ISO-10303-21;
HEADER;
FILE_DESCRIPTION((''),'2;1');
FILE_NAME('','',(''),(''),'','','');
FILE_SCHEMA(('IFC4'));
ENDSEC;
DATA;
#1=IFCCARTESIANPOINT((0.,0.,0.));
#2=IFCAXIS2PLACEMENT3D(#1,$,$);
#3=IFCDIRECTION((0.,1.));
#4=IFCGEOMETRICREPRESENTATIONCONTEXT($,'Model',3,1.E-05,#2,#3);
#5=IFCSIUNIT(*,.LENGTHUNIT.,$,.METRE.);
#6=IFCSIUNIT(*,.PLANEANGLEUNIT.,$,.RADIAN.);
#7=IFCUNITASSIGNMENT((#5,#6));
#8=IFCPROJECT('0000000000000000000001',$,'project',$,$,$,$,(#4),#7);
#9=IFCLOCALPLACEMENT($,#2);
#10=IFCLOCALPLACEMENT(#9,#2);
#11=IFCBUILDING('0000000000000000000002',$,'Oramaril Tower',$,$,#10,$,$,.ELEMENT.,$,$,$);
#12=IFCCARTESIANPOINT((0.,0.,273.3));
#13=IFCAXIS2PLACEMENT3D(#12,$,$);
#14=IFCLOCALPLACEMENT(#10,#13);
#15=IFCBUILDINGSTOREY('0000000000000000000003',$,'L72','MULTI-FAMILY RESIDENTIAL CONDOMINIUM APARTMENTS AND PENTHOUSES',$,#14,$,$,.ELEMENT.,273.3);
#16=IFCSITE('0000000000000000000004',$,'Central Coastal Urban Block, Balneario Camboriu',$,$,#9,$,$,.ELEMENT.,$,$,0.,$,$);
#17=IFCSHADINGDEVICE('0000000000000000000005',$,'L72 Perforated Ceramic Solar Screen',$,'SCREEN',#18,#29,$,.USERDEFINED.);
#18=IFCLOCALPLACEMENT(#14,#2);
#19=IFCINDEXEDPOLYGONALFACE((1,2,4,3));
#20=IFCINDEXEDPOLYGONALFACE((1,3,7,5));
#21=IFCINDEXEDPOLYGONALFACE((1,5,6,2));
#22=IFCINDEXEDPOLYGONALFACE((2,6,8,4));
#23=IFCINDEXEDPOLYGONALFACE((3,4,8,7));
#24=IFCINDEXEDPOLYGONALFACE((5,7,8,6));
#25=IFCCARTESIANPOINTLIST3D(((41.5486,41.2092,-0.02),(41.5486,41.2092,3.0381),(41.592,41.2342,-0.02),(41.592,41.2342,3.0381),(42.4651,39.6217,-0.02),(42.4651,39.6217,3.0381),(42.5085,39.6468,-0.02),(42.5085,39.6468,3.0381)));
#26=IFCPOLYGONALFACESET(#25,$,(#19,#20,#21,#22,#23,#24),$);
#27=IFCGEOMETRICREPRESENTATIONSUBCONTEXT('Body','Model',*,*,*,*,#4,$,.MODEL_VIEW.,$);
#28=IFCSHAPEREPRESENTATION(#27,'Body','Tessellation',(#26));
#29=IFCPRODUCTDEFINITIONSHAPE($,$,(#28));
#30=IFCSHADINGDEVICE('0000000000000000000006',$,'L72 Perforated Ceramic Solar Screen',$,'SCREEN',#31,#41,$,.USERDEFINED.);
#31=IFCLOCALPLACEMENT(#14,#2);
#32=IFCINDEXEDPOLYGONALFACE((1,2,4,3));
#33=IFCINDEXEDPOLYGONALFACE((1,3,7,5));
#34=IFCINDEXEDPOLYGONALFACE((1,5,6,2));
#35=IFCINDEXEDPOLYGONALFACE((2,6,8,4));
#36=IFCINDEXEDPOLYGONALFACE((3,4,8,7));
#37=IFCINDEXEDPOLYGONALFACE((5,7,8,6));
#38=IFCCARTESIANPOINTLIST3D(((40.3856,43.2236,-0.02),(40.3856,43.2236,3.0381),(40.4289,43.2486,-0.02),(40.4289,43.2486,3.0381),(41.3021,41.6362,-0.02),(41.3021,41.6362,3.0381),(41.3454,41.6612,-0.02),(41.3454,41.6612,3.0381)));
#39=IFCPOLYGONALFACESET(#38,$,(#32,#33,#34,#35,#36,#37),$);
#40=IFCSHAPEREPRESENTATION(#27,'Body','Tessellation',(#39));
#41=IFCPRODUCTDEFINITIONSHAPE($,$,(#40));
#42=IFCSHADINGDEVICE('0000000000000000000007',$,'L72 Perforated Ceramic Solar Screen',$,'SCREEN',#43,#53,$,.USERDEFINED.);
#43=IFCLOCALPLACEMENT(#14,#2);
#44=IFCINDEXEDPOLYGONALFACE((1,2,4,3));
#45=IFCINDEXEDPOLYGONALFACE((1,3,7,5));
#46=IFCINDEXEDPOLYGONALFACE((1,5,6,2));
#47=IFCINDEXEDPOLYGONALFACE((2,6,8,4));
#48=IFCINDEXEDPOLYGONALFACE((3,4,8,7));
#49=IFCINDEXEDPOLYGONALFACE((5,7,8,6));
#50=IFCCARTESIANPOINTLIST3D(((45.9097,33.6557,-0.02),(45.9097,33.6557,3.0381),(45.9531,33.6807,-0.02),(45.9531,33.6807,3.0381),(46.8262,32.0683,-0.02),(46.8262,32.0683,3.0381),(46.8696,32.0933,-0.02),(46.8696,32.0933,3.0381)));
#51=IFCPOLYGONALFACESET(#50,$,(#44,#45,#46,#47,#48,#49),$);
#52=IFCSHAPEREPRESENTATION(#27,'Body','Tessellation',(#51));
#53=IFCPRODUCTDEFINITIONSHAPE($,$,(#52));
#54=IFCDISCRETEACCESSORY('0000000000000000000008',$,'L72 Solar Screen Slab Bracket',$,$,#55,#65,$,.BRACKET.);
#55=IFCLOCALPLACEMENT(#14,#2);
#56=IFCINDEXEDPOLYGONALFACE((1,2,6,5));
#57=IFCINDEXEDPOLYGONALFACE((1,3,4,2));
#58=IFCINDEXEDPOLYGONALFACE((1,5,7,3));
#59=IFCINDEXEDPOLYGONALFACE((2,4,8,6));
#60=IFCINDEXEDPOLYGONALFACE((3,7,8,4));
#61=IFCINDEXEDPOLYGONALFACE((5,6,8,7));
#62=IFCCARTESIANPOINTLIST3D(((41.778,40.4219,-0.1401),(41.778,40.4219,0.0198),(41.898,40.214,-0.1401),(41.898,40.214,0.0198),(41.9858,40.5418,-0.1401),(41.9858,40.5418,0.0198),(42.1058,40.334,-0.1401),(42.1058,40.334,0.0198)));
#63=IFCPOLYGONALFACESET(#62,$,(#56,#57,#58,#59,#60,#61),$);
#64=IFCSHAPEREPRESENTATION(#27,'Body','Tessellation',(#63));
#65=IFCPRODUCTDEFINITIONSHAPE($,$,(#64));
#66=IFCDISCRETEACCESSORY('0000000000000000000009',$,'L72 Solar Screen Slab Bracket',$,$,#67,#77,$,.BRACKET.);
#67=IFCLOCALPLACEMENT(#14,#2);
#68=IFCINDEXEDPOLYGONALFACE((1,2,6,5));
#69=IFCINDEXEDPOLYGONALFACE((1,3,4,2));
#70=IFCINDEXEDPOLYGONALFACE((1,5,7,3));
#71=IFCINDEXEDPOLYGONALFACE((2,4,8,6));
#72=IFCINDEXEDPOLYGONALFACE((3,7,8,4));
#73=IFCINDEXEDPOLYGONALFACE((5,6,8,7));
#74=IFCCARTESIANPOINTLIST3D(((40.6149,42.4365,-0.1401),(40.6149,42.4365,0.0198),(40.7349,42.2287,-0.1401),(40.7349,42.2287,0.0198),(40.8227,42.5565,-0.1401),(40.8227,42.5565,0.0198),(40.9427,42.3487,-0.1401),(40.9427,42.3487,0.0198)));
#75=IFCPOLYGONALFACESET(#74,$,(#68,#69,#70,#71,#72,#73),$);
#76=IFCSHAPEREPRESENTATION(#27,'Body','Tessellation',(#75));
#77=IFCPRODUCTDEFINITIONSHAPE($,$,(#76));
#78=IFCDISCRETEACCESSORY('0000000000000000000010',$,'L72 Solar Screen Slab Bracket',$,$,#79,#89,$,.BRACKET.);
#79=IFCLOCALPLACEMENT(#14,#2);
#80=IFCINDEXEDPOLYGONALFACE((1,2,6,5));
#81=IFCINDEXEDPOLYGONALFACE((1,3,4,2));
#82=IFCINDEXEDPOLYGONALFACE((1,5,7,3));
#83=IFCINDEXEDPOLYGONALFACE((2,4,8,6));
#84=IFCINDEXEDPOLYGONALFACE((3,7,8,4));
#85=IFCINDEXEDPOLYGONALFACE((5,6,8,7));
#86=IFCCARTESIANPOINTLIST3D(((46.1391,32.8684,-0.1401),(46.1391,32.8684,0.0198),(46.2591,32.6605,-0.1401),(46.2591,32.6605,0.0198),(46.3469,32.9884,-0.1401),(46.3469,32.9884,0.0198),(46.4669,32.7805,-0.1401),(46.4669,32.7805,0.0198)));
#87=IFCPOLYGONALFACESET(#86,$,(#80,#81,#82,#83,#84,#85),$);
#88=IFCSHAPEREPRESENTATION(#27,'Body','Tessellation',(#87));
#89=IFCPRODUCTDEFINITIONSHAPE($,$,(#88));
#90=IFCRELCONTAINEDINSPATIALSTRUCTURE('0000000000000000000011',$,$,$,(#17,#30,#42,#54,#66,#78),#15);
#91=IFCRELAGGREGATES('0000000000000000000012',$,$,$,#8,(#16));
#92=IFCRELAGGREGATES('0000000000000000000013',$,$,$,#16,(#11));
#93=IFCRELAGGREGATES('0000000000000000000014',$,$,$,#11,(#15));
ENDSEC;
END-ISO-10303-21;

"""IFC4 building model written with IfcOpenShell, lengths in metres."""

from ifc_helpers import new_model, si_unit, direction, frame, origin, origin_2d, place, context, subcontext, project, spatial, rectangle, extrude, element, save


model = new_model("IFC4")

# Units and contexts
model_context = context("Model", 3, precision=1e-05, world=origin(), true_north=direction((0.0, 1.0)))
body_context = subcontext(model_context, "Body", "Model", "MODEL_VIEW")
ifc_project = project(units=[si_unit("LENGTHUNIT", "METRE"), si_unit("PLANEANGLEUNIT", "RADIAN")], contexts=[model_context])

# Site, building, storey
site_placement = place(None, origin())
site = spatial("IfcSite", under=ifc_project, at=site_placement, Name="Central Coastal Urban Block, Balneario Camboriu", CompositionType="ELEMENT", RefElevation=0.0)
building_placement = place(site_placement, origin())
building = spatial("IfcBuilding", under=site, at=building_placement, Name="Oramaril Tower", CompositionType="ELEMENT")
storey_placement = place(building_placement, frame((0.0, 0.0, 273.3)))
storey = spatial("IfcBuildingStorey", under=building, at=storey_placement, Name="L72", Description="MULTI-FAMILY RESIDENTIAL CONDOMINIUM APARTMENTS AND PENTHOUSES", CompositionType="ELEMENT", Elevation=273.3)

# Shading devices
for number, where, z_axis, x_axis, name in (
    (1, (42.0286, 40.428, -0.02), (0.0, 0.0, 1.0), (-0.499998, 0.866026, 0.0), "L72 Perforated Ceramic Solar Screen"),
    (2, (40.8655, 42.4424, -0.02), (0.0, 0.0, 1.0), (-0.499998, 0.866026, 0.0), "L72 Perforated Ceramic Solar Screen"),
    (3, (46.3896, 32.8745, -0.02), (0.0, 0.0, 1.0), (-0.499998, 0.866026, 0.0), "L72 Perforated Ceramic Solar Screen"),
):
    element("IfcShadingDevice", number, at=place(storey_placement, frame(where, z_axis=z_axis, x_axis=x_axis)), inside=storey, Name=name, ObjectType="SCREEN", PredefinedType="USERDEFINED", context=body_context, shape_type="SweptSolid", body=[
        extrude(rectangle(XDim=1.833, YDim=0.05, at=origin_2d()), origin(), (0.0, 0.0, 1.0), 3.0581),
    ])

# Discrete accessories
for number, where, z_axis, x_axis, name in (
    (4, (41.9419, 40.3779, -0.1401), (0.0, 0.0, 1.0), (-0.499998, 0.866026, 0.0), "L72 Solar Screen Slab Bracket"),
    (5, (40.7788, 42.3926, -0.1401), (0.0, 0.0, 1.0), (-0.499998, 0.866026, 0.0), "L72 Solar Screen Slab Bracket"),
    (6, (46.303, 32.8245, -0.1401), (0.0, 0.0, 1.0), (-0.499998, 0.866026, 0.0), "L72 Solar Screen Slab Bracket"),
):
    element("IfcDiscreteAccessory", number, at=place(storey_placement, frame(where, z_axis=z_axis, x_axis=x_axis)), inside=storey, Name=name, PredefinedType="BRACKET", context=body_context, shape_type="SweptSolid", body=[
        extrude(rectangle(XDim=0.24, YDim=0.24, at=origin_2d()), origin(), (0.0, 0.0, 1.0), 0.1599),
    ])

save(model, "model.ifc")
